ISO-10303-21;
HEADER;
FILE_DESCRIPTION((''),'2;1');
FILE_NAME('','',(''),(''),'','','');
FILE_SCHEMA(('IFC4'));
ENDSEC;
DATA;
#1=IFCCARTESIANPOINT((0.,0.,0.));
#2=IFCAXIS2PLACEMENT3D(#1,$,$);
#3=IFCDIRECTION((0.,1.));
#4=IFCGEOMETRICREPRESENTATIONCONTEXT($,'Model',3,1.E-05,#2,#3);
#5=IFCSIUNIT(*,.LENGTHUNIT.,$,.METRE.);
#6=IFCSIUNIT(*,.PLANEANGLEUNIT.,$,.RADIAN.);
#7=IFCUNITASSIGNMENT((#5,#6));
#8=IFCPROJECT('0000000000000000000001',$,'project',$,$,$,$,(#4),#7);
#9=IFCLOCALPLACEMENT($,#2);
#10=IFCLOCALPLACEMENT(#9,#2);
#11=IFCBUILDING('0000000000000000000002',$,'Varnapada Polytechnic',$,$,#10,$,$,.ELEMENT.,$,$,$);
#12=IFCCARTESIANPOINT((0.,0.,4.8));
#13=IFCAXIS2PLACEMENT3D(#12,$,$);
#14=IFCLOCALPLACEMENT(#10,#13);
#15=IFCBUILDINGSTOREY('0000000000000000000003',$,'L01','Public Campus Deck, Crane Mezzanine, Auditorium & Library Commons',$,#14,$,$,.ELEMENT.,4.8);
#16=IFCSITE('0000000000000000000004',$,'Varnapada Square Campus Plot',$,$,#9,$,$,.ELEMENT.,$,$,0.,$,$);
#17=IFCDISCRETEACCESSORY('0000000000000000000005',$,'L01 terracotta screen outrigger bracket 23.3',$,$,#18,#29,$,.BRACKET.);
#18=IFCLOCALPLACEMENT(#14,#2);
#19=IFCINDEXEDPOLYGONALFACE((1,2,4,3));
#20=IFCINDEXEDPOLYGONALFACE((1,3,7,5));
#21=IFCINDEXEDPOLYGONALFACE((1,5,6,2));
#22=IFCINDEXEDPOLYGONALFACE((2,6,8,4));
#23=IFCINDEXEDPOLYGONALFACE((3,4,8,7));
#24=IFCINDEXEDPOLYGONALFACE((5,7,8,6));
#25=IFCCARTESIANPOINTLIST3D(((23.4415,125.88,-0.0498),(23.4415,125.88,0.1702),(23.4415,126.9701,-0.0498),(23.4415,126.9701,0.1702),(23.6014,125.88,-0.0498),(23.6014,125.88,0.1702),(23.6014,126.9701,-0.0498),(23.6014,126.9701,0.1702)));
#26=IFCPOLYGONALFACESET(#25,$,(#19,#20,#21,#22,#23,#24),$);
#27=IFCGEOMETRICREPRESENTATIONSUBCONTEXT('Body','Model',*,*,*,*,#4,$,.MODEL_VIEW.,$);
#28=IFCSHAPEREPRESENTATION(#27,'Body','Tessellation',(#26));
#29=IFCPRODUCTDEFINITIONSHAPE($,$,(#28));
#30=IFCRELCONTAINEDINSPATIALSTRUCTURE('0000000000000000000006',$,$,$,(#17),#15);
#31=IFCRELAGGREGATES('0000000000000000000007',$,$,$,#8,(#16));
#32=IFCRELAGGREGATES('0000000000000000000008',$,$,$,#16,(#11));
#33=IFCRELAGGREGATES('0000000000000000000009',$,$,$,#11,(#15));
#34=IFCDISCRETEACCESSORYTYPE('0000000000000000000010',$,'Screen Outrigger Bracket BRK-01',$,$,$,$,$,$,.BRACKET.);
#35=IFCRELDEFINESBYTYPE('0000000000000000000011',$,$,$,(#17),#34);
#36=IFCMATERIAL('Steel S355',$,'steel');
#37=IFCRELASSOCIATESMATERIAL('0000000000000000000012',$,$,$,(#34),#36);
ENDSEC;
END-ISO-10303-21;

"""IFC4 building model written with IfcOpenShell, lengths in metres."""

from ifc_helpers import new_model, si_unit, direction, frame, origin, origin_2d, place, context, subcontext, project, spatial, rectangle, extrude, material, type_object, element, save


model = new_model("IFC4")

# Units and contexts
model_context = context("Model", 3, precision=1e-05, world=origin(), true_north=direction((0.0, 1.0)))
body_context = subcontext(model_context, "Body", "Model", "MODEL_VIEW")
ifc_project = project(units=[si_unit("LENGTHUNIT", "METRE"), si_unit("PLANEANGLEUNIT", "RADIAN")], contexts=[model_context])

# Site, building, storey
site_placement = place(None, origin())
site = spatial("IfcSite", under=ifc_project, at=site_placement, Name="Varnapada Square Campus Plot", CompositionType="ELEMENT", RefElevation=0.0)
building_placement = place(site_placement, origin())
building = spatial("IfcBuilding", under=site, at=building_placement, Name="Varnapada Polytechnic", CompositionType="ELEMENT")
storey_placement = place(building_placement, frame((0.0, 0.0, 4.8)))
storey = spatial("IfcBuildingStorey", under=building, at=storey_placement, Name="L01", Description="Public Campus Deck, Crane Mezzanine, Auditorium & Library Commons", CompositionType="ELEMENT", Elevation=4.8)

# Discrete accessory
ifc_material_1 = material(Name="Steel S355", Category="steel")
discrete_accessory_type = type_object("IfcDiscreteAccessoryType", Name="Screen Outrigger Bracket BRK-01", PredefinedType="BRACKET", material=ifc_material_1)
discrete_accessory_placement = place(storey_placement, frame((23.5215, 126.425, -0.0498), z_axis=(0.0, 0.0, 1.0), x_axis=(1.0, 0.0, 0.0)))
element("IfcDiscreteAccessory", 1, at=discrete_accessory_placement, inside=storey, type_object=discrete_accessory_type, Name="L01 terracotta screen outrigger bracket 23.3", PredefinedType="BRACKET", context=body_context, shape_type="SweptSolid", body=[
    extrude(rectangle(XDim=0.1599, YDim=1.0901, at=origin_2d()), origin(), (0.0, 0.0, 1.0), 0.22),
])

save(model, "model.ifc")
